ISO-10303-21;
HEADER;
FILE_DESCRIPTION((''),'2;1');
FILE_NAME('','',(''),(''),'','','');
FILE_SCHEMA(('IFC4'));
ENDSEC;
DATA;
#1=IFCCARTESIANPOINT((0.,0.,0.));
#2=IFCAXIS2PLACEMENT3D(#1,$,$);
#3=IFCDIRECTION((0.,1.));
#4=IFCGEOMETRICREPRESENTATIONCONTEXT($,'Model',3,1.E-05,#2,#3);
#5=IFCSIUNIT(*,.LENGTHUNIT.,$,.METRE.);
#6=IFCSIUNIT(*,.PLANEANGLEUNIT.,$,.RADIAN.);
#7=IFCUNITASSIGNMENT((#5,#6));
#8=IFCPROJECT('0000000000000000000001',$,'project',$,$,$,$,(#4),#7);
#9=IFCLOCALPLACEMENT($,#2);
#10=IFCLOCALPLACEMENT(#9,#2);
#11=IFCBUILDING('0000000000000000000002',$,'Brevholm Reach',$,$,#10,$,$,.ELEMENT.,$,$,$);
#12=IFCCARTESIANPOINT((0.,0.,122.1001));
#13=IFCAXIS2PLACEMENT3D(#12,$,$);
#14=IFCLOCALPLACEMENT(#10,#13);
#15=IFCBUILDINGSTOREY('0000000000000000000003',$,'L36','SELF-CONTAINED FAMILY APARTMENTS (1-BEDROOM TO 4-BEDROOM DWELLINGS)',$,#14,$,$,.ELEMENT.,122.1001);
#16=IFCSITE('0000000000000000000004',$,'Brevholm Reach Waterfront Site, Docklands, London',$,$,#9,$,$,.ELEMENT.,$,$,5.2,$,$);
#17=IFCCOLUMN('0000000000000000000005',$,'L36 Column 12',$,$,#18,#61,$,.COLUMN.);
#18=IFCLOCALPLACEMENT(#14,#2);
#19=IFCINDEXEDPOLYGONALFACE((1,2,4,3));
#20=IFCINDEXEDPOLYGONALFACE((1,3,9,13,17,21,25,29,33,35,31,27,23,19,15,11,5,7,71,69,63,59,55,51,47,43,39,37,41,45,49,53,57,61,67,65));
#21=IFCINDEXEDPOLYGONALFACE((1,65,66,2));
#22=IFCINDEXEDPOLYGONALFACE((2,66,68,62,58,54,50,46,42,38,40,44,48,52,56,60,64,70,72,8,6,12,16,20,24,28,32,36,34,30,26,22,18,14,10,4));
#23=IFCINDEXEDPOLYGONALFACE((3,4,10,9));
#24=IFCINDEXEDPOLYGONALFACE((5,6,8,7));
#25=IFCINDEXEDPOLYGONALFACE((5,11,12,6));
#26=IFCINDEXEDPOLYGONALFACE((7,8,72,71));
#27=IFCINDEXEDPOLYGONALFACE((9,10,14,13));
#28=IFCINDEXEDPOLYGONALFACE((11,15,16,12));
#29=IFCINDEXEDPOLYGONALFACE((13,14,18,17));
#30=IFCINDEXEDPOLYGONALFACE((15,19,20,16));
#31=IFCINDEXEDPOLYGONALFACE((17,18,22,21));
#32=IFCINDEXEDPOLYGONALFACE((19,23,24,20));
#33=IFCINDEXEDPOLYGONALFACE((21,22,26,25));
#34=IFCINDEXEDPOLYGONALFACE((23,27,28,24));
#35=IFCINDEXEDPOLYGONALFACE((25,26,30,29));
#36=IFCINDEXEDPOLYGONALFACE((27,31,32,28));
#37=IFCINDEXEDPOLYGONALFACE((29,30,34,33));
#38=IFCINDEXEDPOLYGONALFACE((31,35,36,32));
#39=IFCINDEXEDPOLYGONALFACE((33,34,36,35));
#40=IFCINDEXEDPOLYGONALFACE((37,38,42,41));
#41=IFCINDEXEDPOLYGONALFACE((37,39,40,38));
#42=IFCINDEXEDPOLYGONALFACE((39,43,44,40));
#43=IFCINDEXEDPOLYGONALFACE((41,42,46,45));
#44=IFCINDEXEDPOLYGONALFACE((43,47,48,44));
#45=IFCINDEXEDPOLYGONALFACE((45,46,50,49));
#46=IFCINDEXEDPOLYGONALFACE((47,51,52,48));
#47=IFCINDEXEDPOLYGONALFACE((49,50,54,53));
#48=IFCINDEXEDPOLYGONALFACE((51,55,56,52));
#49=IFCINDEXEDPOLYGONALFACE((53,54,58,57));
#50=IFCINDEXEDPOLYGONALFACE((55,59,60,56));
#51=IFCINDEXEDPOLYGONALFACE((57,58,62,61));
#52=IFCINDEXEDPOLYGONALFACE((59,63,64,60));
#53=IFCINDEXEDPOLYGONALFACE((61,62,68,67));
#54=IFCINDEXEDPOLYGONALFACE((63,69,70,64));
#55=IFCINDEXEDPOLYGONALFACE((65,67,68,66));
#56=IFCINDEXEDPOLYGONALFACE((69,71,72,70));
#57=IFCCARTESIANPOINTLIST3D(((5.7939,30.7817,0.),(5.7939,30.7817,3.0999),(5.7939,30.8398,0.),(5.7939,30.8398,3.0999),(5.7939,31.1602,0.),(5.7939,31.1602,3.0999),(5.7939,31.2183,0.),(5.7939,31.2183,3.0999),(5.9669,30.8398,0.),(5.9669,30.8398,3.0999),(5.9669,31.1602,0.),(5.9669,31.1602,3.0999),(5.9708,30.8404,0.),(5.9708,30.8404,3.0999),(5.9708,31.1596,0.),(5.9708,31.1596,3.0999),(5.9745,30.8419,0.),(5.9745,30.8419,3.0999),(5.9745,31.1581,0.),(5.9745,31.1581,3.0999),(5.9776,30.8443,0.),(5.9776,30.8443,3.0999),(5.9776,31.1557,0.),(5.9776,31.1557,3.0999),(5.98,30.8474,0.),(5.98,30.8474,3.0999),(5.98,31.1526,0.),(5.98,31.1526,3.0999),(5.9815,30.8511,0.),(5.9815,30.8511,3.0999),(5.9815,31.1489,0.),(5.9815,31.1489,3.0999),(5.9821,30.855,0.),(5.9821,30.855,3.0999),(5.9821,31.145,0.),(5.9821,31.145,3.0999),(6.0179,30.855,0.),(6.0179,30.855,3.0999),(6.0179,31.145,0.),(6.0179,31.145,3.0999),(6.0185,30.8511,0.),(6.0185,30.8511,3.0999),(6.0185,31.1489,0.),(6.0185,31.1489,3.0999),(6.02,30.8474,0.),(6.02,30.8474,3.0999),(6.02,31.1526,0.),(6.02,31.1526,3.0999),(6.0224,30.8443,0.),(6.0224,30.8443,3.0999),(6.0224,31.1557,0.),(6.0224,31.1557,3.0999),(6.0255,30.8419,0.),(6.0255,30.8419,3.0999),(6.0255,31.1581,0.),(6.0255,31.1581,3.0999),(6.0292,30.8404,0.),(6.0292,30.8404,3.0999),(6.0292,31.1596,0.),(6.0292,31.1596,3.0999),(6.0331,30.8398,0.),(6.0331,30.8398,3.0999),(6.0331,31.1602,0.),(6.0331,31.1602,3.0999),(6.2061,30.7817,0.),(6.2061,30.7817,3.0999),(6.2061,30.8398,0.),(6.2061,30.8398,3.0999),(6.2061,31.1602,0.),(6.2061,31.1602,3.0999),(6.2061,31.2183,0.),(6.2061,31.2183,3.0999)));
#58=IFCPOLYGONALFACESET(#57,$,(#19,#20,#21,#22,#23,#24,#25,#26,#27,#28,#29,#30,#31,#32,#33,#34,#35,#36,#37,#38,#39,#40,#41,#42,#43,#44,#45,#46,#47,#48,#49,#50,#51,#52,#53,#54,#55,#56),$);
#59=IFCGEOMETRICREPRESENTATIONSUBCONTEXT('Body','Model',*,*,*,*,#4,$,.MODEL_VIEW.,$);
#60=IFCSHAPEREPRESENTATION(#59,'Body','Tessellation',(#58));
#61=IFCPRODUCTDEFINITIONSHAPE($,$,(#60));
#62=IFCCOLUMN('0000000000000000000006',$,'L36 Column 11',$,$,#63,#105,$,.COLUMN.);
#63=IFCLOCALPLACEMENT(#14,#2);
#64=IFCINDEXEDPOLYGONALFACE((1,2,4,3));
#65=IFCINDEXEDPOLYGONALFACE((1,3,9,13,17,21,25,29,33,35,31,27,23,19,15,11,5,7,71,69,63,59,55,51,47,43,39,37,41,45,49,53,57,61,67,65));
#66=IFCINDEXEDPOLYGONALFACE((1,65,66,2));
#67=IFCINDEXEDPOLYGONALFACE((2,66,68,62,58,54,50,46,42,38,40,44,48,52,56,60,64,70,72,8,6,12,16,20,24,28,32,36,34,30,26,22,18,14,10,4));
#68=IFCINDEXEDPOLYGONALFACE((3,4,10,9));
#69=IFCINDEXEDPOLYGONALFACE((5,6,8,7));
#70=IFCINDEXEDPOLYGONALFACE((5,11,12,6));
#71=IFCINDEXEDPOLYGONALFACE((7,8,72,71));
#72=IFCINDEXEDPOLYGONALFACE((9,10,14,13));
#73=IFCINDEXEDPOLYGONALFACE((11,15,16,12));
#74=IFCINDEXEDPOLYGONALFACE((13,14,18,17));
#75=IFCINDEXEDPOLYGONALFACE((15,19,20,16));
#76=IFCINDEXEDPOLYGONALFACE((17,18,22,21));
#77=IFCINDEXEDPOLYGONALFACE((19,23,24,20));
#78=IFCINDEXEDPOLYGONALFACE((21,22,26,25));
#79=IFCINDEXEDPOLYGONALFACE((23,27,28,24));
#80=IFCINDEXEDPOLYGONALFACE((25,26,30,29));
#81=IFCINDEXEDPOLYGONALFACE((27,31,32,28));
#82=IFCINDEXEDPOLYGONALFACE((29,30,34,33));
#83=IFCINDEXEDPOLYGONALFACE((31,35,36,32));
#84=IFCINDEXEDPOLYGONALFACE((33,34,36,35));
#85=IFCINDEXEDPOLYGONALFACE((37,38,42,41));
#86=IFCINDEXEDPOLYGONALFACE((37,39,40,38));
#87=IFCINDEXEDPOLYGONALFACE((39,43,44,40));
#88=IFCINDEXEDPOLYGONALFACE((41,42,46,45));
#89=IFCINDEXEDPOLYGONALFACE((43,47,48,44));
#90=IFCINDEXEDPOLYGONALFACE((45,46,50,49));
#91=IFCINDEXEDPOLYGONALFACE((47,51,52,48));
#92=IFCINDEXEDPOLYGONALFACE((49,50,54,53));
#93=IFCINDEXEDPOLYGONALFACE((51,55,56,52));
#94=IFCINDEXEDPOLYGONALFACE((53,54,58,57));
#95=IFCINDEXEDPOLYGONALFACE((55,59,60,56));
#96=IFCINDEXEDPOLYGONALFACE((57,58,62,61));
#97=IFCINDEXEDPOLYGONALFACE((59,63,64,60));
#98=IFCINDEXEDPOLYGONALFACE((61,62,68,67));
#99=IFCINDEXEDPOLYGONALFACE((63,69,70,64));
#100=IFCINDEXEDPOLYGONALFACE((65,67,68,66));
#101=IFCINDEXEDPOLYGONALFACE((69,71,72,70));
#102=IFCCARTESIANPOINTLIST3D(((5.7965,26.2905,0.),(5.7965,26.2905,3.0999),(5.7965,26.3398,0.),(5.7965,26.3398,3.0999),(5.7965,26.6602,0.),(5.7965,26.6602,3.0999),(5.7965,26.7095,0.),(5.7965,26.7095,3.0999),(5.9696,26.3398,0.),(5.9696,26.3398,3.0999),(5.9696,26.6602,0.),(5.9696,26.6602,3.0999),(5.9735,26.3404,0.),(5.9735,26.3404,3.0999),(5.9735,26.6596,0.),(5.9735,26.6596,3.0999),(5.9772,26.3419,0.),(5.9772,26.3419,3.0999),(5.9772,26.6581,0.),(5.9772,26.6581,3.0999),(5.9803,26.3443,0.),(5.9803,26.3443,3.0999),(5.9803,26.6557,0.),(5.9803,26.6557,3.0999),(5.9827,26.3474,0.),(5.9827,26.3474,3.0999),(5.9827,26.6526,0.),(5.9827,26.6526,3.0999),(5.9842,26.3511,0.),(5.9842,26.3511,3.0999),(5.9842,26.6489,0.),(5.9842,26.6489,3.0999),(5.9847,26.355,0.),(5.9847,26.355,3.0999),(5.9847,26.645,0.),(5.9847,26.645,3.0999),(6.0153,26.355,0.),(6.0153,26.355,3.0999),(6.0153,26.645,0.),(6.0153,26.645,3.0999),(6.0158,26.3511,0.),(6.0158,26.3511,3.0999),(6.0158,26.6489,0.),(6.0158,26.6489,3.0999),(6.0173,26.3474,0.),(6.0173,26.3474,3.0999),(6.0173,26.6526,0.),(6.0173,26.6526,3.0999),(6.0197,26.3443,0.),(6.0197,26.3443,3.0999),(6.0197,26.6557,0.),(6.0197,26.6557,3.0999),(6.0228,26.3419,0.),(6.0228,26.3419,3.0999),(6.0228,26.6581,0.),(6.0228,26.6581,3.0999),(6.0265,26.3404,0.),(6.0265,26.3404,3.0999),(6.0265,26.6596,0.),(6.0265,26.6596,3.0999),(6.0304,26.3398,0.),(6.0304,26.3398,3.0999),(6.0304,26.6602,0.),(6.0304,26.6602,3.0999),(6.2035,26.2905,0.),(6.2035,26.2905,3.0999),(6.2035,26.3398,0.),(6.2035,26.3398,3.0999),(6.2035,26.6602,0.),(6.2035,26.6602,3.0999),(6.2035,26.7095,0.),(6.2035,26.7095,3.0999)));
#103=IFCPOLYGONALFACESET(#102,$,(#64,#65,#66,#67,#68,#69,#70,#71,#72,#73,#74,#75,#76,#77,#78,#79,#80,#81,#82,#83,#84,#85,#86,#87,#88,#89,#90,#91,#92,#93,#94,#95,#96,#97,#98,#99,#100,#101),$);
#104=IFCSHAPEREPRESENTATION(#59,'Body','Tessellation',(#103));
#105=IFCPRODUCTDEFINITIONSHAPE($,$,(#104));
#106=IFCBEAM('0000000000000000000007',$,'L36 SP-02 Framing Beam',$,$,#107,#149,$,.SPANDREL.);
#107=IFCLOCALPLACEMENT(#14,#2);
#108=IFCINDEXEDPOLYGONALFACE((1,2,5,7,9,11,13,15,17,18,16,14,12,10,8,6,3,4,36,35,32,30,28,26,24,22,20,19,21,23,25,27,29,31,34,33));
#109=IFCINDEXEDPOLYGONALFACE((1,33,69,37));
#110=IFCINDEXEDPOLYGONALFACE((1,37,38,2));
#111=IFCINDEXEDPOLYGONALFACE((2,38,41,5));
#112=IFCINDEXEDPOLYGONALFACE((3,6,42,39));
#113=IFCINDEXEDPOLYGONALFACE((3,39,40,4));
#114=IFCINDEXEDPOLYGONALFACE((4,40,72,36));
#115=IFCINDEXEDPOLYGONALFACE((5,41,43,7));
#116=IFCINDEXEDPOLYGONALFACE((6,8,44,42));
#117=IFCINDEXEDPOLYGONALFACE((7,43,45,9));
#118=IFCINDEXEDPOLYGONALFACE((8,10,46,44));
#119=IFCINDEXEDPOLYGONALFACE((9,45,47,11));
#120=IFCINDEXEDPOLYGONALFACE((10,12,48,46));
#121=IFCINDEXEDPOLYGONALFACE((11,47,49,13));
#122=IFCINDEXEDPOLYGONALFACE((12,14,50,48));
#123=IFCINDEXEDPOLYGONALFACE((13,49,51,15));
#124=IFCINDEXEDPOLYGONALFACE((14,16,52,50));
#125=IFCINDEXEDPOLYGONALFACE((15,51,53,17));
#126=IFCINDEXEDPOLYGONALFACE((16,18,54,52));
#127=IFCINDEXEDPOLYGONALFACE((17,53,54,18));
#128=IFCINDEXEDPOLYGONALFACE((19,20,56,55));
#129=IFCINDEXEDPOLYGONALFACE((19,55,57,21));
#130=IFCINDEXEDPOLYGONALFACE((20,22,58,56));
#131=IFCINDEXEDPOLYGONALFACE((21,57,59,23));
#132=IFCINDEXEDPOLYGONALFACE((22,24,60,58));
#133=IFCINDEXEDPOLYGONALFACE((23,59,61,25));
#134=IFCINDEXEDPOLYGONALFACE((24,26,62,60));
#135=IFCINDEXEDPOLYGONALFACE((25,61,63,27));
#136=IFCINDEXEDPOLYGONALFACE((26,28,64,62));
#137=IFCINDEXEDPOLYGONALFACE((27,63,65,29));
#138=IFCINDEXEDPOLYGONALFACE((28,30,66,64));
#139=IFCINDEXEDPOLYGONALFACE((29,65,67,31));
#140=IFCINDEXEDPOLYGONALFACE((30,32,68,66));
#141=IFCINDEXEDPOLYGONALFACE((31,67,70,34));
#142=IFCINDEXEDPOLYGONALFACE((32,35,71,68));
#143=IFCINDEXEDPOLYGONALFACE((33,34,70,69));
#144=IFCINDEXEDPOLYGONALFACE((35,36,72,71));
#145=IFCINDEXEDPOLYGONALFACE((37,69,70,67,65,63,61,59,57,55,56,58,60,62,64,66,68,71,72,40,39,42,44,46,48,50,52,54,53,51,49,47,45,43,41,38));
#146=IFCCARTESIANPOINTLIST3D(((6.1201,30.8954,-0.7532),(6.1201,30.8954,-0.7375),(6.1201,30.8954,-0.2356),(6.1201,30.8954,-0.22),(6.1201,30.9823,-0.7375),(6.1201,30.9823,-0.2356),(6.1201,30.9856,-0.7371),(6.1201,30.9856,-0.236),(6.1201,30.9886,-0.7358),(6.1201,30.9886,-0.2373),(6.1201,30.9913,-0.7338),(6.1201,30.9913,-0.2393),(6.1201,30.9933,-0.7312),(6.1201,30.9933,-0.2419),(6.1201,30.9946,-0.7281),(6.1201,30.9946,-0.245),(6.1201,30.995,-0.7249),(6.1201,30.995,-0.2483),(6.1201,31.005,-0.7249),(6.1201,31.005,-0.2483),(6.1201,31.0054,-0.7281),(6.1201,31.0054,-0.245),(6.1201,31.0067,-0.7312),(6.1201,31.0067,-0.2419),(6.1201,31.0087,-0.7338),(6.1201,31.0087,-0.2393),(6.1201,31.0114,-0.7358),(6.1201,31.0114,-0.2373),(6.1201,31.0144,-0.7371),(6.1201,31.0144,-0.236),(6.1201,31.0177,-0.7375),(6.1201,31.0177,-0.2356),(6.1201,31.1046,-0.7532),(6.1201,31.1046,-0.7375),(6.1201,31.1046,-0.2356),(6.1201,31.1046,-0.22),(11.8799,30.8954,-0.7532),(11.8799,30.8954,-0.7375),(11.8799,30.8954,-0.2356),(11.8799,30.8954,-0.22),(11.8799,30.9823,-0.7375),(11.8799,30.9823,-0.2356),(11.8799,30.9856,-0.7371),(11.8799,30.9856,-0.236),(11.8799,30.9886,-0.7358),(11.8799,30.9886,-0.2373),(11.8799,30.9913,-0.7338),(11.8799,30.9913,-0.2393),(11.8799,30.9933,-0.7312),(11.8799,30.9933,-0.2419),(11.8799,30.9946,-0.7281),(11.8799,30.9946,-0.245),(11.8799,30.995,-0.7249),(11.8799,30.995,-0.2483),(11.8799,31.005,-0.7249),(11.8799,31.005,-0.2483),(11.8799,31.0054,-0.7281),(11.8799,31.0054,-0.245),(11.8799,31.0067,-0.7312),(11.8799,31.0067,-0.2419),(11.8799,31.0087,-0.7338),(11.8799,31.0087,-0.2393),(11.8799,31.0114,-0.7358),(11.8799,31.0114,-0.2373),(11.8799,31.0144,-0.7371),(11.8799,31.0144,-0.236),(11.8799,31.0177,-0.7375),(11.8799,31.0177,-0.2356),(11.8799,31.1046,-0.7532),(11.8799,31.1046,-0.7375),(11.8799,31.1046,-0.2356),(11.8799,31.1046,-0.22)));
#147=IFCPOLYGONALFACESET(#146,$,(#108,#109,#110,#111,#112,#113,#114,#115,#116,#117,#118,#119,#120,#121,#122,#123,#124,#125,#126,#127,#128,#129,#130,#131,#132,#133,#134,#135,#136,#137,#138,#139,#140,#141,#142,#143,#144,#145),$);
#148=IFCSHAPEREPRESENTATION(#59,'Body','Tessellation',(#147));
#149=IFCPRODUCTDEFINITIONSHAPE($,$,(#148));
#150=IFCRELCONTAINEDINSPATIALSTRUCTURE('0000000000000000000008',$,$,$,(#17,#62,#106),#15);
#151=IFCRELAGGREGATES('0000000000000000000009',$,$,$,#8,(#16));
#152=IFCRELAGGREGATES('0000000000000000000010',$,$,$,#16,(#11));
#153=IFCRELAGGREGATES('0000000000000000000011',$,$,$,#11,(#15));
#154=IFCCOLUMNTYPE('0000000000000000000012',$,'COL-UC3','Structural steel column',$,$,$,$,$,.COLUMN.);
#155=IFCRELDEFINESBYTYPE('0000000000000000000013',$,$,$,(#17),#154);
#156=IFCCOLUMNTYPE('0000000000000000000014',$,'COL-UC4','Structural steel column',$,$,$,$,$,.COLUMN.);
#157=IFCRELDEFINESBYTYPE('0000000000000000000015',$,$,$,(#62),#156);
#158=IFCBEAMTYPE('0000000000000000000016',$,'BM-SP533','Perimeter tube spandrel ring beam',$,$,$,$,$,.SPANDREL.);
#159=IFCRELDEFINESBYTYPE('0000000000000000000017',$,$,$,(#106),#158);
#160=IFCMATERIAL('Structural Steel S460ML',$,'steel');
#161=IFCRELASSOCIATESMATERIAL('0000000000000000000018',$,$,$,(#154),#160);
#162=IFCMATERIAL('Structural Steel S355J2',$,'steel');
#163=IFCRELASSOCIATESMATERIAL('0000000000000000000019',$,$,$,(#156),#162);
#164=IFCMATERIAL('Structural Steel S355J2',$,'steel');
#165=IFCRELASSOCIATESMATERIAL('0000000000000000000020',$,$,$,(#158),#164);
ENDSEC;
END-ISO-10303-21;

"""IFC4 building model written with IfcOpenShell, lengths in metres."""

from ifc_helpers import new_model, si_unit, direction, frame, origin, origin_2d, place, context, subcontext, project, spatial, i_section, extrude, material, material_profile, profile_set, type_object, element, save


model = new_model("IFC4")

# Units and contexts
model_context = context("Model", 3, precision=1e-05, world=origin(), true_north=direction((0.0, 1.0)))
body_context = subcontext(model_context, "Body", "Model", "MODEL_VIEW")
ifc_project = project(units=[si_unit("LENGTHUNIT", "METRE"), si_unit("PLANEANGLEUNIT", "RADIAN")], contexts=[model_context])

# Site, building, storey
site_placement = place(None, origin())
site = spatial("IfcSite", under=ifc_project, at=site_placement, Name="Brevholm Reach Waterfront Site, Docklands, London", CompositionType="ELEMENT", RefElevation=5.2)
building_placement = place(site_placement, origin())
building = spatial("IfcBuilding", under=site, at=building_placement, Name="Brevholm Reach", CompositionType="ELEMENT")
storey_placement = place(building_placement, frame((0.0, 0.0, 122.1001)))
storey = spatial("IfcBuildingStorey", under=building, at=storey_placement, Name="L36", Description="SELF-CONTAINED FAMILY APARTMENTS (1-BEDROOM TO 4-BEDROOM DWELLINGS)", CompositionType="ELEMENT", Elevation=122.1001)

# Columns
ifc_material_1 = material(Name="Structural Steel S460ML", Category="steel")
ifc_material_profile_1 = material_profile(ifc_material_1, i_section(OverallWidth=0.4121, OverallDepth=0.4365, WebThickness=0.0359, FlangeThickness=0.0581, FilletRadius=0.0151, at=origin_2d()), Name="UKC 356x406x467")
ifc_profile_set_1 = profile_set([ifc_material_profile_1], Name="Structural Steel S460ML")
column_type_1 = type_object("IfcColumnType", Name="COL-UC3", Description="Structural steel column", PredefinedType="COLUMN", material=ifc_profile_set_1)
column_1_placement = place(storey_placement, frame((6.0, 31.0, 0.0), z_axis=(0.0, 0.0, 1.0), x_axis=(1.0, 0.0, 0.0)))
element("IfcColumn", 1, at=column_1_placement, inside=storey, type_object=column_type_1, Name="L36 Column 12", PredefinedType="COLUMN", context=body_context, shape_type="SweptSolid", body=[
    extrude(i_section(OverallWidth=0.4121, OverallDepth=0.4365, WebThickness=0.0359, FlangeThickness=0.0581, FilletRadius=0.0151, at=origin_2d()), origin(), (0.0, 0.0, 1.0), 3.0999),
])
ifc_material_2 = material(Name="Structural Steel S355J2", Category="steel")
ifc_material_profile_2 = material_profile(ifc_material_2, i_section(OverallWidth=0.407, OverallDepth=0.4189, WebThickness=0.0305, FlangeThickness=0.0493, FilletRadius=0.0151, at=origin_2d()), Name="UKC 356x406x393")
ifc_profile_set_2 = profile_set([ifc_material_profile_2], Name="Structural Steel S355J2")
column_type_2 = type_object("IfcColumnType", Name="COL-UC4", Description="Structural steel column", PredefinedType="COLUMN", material=ifc_profile_set_2)
column_2_placement = place(storey_placement, frame((6.0, 26.5, 0.0), z_axis=(0.0, 0.0, 1.0), x_axis=(1.0, 0.0, 0.0)))
element("IfcColumn", 2, at=column_2_placement, inside=storey, type_object=column_type_2, Name="L36 Column 11", PredefinedType="COLUMN", context=body_context, shape_type="SweptSolid", body=[
    extrude(i_section(OverallWidth=0.407, OverallDepth=0.4189, WebThickness=0.0305, FlangeThickness=0.0493, FilletRadius=0.0151, at=origin_2d()), origin(), (0.0, 0.0, 1.0), 3.0999),
])

# Beam
ifc_material_3 = material(Name="Structural Steel S355J2", Category="steel")
ifc_material_profile_3 = material_profile(ifc_material_3, i_section(OverallWidth=0.2092, OverallDepth=0.5332, WebThickness=0.01, FlangeThickness=0.0156, FilletRadius=0.0127, at=origin_2d()), Name="UKB 533x210x92")
ifc_profile_set_3 = profile_set([ifc_material_profile_3], Name="Structural Steel S355J2")
beam_type_1 = type_object("IfcBeamType", Name="BM-SP533", Description="Perimeter tube spandrel ring beam", PredefinedType="SPANDREL", material=ifc_profile_set_3)
beam_1_placement = place(storey_placement, frame((6.1201, 31.0, -0.4866), z_axis=(1.0, 0.0, 0.0), x_axis=(0.0, 1.0, 0.0)))
element("IfcBeam", 3, at=beam_1_placement, inside=storey, type_object=beam_type_1, Name="L36 SP-02 Framing Beam", PredefinedType="SPANDREL", context=body_context, shape_type="SweptSolid", body=[
    extrude(i_section(OverallWidth=0.2092, OverallDepth=0.5332, WebThickness=0.01, FlangeThickness=0.0156, FilletRadius=0.0127, at=origin_2d()), origin(), (0.0, 0.0, 1.0), 5.7598),
])

save(model, "model.ifc")
